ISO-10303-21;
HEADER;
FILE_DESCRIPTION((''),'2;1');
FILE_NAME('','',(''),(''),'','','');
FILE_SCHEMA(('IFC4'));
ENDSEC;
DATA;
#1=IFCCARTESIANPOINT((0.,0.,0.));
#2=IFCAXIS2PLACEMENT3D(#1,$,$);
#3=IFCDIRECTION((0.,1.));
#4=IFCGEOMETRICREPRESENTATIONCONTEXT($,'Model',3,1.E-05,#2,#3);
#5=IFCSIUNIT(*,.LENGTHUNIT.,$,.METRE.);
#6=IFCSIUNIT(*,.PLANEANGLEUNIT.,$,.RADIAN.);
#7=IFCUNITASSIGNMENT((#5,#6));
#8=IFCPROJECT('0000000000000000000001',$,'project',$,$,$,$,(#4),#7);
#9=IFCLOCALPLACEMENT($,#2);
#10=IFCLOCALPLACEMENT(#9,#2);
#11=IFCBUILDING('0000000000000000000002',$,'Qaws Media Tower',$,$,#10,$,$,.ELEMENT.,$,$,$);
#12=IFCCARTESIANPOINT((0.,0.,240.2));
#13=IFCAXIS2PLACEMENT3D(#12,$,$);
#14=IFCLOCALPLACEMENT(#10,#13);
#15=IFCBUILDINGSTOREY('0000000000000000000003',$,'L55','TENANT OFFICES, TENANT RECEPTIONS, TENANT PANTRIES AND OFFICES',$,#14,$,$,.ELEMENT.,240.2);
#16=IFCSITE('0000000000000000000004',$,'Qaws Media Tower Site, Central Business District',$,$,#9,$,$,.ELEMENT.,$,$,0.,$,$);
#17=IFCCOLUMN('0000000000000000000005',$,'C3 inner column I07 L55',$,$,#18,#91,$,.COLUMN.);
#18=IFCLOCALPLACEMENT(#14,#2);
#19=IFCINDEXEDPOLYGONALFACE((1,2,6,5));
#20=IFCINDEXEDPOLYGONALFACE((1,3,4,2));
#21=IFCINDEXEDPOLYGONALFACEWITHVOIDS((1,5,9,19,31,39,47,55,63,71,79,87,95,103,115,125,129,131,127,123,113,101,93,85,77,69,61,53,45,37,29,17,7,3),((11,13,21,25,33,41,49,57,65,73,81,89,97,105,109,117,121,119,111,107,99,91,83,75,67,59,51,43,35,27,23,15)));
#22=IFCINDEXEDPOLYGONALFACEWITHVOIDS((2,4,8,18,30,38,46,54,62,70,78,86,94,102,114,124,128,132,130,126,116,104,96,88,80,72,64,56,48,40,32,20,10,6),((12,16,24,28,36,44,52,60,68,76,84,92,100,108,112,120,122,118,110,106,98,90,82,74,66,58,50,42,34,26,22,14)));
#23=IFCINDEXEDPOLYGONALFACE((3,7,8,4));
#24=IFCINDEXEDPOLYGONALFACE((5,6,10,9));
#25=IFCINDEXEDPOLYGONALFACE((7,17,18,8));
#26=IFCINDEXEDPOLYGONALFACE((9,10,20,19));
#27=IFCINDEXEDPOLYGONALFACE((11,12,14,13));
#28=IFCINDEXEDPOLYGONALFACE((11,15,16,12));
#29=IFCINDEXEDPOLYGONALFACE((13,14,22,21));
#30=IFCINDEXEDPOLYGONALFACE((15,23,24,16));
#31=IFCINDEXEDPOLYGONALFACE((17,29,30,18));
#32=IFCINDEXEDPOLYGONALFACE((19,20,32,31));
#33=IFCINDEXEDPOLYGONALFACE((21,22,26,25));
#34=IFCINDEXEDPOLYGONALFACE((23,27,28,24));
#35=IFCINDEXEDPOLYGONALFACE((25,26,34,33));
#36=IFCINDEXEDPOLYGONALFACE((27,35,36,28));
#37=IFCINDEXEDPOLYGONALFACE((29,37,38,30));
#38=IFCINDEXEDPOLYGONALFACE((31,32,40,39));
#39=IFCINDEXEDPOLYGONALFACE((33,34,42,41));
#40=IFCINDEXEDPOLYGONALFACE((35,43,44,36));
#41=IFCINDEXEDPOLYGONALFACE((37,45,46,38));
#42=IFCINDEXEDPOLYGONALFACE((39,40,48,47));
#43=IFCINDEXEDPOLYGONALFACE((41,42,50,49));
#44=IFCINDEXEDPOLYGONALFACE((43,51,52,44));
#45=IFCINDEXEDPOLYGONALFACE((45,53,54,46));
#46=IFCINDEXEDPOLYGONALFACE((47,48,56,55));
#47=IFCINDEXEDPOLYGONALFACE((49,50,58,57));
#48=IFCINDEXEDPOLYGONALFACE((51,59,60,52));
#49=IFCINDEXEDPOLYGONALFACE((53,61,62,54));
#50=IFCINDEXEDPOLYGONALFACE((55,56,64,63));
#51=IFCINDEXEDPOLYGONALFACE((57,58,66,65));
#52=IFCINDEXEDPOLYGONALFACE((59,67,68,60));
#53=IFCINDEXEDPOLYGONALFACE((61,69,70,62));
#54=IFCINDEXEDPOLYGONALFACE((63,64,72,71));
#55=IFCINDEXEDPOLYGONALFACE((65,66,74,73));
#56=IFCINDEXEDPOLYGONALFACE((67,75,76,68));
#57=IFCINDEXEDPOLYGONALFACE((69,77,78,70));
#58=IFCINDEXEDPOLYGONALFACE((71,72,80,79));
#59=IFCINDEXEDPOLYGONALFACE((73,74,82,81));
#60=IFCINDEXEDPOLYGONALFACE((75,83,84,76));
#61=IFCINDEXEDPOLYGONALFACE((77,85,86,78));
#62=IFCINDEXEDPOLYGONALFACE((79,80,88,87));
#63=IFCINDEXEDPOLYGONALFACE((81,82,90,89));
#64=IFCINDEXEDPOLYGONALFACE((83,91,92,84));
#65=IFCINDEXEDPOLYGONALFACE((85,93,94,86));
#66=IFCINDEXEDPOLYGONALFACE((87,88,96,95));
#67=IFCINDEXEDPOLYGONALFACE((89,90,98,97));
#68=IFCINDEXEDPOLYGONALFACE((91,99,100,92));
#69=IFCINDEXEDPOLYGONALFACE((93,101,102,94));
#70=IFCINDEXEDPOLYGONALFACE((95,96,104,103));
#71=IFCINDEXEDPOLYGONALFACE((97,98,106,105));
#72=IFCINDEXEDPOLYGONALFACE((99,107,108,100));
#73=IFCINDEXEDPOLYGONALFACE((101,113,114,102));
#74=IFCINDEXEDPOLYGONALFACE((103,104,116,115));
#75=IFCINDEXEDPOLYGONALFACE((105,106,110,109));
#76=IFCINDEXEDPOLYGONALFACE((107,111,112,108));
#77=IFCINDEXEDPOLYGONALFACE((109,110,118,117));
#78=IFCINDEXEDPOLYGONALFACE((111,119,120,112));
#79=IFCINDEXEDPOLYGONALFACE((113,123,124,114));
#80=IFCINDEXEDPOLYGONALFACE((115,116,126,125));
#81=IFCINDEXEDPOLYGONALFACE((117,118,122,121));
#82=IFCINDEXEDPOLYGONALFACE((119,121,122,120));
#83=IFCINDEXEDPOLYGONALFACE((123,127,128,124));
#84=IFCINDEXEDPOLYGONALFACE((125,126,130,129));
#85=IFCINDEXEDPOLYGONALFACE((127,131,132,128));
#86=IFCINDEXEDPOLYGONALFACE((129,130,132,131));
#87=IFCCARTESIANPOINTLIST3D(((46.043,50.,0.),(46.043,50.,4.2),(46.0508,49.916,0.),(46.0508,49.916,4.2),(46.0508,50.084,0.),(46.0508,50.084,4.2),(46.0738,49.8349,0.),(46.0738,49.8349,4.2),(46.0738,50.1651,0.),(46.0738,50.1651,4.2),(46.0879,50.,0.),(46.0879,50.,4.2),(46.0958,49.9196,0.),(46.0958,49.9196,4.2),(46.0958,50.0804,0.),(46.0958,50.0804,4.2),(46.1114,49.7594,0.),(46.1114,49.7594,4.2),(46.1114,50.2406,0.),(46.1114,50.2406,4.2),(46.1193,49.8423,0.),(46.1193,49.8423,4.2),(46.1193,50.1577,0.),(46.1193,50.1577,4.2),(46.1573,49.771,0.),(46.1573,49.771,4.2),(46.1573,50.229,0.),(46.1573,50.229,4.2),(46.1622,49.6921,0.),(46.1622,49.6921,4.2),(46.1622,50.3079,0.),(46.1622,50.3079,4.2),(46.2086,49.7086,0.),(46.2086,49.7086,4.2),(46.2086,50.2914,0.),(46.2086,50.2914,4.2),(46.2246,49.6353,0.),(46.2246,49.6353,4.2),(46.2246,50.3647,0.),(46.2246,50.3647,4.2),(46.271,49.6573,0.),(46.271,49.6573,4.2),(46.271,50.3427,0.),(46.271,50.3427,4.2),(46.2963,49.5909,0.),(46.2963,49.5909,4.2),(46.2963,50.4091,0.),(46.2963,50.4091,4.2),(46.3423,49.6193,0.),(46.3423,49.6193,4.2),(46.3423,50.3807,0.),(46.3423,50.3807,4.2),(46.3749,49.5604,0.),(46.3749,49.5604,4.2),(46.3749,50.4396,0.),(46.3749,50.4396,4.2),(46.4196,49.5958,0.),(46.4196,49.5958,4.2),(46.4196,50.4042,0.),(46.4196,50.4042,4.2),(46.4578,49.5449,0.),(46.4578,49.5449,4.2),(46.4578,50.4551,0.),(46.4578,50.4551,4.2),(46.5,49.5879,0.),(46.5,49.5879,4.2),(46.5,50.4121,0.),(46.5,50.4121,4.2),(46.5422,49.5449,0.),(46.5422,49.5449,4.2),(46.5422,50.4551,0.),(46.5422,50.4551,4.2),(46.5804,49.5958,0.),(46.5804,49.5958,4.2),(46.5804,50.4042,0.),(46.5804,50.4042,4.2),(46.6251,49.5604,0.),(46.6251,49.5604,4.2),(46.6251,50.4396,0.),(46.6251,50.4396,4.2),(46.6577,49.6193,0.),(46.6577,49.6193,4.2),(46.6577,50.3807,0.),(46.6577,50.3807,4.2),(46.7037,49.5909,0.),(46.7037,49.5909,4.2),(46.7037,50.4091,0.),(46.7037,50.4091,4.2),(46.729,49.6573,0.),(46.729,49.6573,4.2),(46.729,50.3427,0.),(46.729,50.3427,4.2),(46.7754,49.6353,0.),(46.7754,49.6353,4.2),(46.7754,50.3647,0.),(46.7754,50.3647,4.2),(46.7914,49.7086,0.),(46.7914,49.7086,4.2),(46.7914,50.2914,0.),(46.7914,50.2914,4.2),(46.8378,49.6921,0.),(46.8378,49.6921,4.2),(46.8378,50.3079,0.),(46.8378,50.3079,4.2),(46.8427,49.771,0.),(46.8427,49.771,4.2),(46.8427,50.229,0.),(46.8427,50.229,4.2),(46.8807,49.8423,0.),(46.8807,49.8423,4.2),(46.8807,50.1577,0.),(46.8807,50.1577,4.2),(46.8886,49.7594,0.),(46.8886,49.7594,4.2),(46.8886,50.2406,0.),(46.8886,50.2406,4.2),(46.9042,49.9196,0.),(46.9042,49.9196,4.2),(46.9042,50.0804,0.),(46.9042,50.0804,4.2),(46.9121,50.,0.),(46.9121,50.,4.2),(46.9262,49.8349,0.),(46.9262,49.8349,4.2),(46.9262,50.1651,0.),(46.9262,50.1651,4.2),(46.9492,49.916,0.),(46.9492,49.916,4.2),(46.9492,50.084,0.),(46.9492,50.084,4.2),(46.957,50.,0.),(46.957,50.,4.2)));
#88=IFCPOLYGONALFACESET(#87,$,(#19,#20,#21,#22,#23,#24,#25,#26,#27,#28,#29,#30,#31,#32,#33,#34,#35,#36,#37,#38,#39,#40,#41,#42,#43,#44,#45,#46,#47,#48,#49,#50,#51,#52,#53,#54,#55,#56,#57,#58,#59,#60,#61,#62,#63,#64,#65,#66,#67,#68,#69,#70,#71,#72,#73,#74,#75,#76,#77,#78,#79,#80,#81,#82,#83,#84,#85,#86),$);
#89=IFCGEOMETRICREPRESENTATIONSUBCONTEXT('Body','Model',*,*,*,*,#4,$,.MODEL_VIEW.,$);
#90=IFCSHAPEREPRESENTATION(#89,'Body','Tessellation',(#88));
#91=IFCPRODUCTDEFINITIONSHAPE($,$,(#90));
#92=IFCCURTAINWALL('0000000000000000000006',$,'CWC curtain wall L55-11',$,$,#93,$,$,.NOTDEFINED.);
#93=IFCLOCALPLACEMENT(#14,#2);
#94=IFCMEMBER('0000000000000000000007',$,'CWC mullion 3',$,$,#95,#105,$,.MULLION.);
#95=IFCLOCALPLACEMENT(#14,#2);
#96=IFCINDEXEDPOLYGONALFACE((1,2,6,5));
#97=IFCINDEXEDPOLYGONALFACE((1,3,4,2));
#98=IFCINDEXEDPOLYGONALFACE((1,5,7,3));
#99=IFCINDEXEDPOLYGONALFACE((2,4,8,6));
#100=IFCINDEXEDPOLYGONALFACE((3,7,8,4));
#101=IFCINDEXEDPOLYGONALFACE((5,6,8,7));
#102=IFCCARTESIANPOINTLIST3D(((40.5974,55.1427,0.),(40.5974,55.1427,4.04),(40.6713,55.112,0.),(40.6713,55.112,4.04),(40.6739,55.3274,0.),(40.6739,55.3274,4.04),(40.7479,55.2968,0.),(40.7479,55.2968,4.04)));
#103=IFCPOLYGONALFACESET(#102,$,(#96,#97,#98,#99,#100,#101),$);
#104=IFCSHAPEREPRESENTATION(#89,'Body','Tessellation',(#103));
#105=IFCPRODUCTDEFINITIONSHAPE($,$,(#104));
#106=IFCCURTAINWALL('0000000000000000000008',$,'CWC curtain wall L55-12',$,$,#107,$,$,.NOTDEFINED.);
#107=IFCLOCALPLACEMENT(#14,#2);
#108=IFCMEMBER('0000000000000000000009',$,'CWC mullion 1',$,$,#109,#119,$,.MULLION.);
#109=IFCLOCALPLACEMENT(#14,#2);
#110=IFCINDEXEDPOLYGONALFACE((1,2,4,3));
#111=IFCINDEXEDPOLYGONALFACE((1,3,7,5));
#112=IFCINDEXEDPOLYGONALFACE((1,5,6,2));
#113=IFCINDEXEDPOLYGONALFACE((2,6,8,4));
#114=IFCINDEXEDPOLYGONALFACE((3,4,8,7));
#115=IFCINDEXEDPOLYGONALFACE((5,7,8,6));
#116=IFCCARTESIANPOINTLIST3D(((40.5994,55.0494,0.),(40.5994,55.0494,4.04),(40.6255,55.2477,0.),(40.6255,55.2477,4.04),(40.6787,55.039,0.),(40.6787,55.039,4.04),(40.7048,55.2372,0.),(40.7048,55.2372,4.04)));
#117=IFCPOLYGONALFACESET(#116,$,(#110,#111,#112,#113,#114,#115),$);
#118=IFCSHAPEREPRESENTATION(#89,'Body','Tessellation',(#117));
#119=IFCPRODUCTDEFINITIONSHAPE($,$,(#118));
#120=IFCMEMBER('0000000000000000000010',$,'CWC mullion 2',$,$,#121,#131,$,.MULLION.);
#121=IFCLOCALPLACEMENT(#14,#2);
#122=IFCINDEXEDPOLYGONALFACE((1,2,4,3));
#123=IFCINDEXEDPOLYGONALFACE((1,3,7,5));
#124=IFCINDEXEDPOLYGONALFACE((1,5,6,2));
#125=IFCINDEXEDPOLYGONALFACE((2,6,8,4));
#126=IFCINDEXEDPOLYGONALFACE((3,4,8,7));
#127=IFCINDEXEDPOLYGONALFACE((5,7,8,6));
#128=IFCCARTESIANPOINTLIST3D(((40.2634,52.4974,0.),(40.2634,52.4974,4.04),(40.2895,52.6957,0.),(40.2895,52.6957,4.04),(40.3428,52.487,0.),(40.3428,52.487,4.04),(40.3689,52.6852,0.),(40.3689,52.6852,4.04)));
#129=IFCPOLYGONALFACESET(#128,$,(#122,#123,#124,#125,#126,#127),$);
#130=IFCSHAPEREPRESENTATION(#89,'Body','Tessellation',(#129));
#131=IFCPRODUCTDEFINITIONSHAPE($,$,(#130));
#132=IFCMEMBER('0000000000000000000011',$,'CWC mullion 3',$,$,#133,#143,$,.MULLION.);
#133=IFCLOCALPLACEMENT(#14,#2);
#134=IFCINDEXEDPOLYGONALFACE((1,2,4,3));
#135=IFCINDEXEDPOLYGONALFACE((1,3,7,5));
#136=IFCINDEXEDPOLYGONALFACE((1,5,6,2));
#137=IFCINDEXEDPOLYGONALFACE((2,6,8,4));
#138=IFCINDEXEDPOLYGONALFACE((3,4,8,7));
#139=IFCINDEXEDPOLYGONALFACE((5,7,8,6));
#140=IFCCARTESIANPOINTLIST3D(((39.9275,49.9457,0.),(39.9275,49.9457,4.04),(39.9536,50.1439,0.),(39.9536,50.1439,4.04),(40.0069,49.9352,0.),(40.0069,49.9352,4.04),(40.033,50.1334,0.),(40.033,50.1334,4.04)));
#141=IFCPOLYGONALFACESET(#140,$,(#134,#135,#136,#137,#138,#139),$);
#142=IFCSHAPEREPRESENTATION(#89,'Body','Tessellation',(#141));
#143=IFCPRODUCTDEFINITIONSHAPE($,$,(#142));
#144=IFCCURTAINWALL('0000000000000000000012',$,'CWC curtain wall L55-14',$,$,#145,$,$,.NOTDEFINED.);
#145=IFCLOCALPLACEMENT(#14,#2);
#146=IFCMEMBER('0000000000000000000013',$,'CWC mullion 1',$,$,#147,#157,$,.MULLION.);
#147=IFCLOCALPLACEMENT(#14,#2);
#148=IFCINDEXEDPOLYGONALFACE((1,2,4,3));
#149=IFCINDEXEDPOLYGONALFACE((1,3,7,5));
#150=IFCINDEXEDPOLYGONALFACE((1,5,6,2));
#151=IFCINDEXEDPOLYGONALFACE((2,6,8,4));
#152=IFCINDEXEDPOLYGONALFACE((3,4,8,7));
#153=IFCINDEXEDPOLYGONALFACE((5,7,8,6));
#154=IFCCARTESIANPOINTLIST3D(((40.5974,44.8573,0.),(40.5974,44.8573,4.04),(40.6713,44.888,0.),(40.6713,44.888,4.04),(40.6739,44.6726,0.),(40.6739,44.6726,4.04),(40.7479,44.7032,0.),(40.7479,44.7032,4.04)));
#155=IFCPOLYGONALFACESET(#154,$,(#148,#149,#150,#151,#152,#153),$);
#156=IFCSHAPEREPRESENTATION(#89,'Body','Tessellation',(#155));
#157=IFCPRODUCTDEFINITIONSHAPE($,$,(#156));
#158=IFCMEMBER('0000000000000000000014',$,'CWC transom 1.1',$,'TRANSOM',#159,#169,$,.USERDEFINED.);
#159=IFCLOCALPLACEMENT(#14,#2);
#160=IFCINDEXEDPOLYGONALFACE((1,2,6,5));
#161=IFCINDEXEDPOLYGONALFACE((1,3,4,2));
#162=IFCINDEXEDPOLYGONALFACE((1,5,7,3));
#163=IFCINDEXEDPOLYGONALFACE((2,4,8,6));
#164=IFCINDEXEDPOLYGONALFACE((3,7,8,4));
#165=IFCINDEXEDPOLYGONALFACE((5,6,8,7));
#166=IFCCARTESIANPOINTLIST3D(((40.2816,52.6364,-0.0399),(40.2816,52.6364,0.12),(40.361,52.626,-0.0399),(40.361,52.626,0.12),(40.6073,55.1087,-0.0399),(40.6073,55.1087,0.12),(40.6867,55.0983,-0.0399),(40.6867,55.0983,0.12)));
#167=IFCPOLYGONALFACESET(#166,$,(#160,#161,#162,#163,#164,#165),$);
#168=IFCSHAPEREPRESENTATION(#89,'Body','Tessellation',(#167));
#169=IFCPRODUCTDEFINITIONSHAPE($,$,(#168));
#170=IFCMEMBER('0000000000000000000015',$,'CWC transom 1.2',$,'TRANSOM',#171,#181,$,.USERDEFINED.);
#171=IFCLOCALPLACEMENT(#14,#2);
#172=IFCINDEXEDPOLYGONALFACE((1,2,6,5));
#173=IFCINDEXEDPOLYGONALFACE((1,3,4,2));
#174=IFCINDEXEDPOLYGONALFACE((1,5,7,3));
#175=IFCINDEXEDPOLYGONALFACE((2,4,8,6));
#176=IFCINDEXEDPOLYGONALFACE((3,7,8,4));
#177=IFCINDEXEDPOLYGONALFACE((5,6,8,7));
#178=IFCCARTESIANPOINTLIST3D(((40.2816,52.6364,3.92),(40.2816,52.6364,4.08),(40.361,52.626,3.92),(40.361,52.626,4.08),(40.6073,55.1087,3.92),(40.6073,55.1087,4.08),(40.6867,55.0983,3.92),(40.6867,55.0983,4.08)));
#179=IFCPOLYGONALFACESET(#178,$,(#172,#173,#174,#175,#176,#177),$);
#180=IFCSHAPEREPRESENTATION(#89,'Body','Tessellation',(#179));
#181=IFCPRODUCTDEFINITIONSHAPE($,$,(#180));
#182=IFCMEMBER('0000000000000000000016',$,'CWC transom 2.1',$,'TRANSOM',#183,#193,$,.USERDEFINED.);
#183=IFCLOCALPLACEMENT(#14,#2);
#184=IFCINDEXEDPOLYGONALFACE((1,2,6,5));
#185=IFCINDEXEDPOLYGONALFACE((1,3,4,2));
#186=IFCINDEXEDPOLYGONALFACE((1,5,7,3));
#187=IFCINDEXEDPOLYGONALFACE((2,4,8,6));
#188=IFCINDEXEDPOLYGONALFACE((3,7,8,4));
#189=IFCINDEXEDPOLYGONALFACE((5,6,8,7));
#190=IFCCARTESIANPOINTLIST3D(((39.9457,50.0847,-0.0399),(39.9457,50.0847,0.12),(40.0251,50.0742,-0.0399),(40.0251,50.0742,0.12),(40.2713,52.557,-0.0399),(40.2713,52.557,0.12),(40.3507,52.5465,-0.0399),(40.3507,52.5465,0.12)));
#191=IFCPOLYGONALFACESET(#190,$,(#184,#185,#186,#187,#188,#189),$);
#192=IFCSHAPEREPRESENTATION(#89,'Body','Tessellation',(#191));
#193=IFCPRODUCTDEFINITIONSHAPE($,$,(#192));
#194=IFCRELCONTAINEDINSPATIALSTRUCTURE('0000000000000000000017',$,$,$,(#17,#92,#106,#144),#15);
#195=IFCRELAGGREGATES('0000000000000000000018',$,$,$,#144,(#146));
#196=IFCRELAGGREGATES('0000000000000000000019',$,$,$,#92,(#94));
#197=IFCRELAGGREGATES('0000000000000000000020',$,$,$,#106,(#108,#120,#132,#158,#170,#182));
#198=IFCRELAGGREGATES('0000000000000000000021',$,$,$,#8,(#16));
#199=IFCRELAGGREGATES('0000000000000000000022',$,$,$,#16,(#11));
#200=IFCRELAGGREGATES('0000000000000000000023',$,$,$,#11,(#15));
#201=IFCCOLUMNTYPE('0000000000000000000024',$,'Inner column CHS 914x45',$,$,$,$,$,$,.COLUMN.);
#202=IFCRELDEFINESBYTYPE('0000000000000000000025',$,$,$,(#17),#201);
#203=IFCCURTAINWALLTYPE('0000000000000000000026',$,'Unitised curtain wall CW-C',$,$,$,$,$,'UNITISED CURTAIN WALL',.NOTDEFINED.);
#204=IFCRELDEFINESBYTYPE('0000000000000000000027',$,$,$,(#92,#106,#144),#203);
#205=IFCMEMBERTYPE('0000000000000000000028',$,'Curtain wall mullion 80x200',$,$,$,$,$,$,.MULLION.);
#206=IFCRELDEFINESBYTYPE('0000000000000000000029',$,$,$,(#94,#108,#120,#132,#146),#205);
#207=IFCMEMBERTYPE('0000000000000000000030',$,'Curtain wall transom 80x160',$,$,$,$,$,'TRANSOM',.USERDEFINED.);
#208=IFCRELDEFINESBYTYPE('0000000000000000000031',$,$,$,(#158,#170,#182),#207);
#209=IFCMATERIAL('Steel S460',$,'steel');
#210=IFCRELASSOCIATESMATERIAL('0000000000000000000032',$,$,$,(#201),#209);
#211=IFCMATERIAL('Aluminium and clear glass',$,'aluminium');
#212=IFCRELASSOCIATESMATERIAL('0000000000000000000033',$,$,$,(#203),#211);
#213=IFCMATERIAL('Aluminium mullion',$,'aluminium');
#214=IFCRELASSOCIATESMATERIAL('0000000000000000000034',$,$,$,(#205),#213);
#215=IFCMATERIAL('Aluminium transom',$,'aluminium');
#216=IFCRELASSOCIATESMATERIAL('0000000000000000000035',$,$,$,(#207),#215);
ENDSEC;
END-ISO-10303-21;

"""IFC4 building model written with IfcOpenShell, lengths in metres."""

from ifc_helpers import new_model, si_unit, direction, frame, origin, origin_2d, place, context, subcontext, project, spatial, rectangle, hollow_circle, extrude, material, material_profile, profile_set, type_object, element, aggregate, save


model = new_model("IFC4")

# Units and contexts
model_context = context("Model", 3, precision=1e-05, world=origin(), true_north=direction((0.0, 1.0)))
body_context = subcontext(model_context, "Body", "Model", "MODEL_VIEW")
ifc_project = project(units=[si_unit("LENGTHUNIT", "METRE"), si_unit("PLANEANGLEUNIT", "RADIAN")], contexts=[model_context])

# Site, building, storey
site_placement = place(None, origin())
site = spatial("IfcSite", under=ifc_project, at=site_placement, Name="Qaws Media Tower Site, Central Business District", CompositionType="ELEMENT", RefElevation=0.0)
building_placement = place(site_placement, origin())
building = spatial("IfcBuilding", under=site, at=building_placement, Name="Qaws Media Tower", CompositionType="ELEMENT")
storey_placement = place(building_placement, frame((0.0, 0.0, 240.2)))
storey = spatial("IfcBuildingStorey", under=building, at=storey_placement, Name="L55", Description="TENANT OFFICES, TENANT RECEPTIONS, TENANT PANTRIES AND OFFICES", CompositionType="ELEMENT", Elevation=240.2)

# Column
ifc_material_1 = material(Name="Steel S460", Category="steel")
ifc_material_profile_1 = material_profile(ifc_material_1, hollow_circle(Radius=0.457, WallThickness=0.0449, at=origin_2d()), Name="CHS 914x45")
ifc_profile_set_1 = profile_set([ifc_material_profile_1], Name="Steel S460")
column_type = type_object("IfcColumnType", Name="Inner column CHS 914x45", PredefinedType="COLUMN", material=ifc_profile_set_1)
column_placement = place(storey_placement, frame((46.5, 50.0, 0.0), z_axis=(0.0, 0.0, 1.0), x_axis=(1.0, 0.0, 0.0)))
element("IfcColumn", 1, at=column_placement, inside=storey, type_object=column_type, Name="C3 inner column I07 L55", PredefinedType="COLUMN", context=body_context, shape_type="SweptSolid", body=[
    extrude(hollow_circle(Radius=0.457, WallThickness=0.0449, at=origin_2d()), origin(), (0.0, 0.0, 1.0), 4.2),
])

# Curtain wall, member
ifc_material_2 = material(Name="Aluminium and clear glass", Category="aluminium")
curtain_wall_type = type_object("IfcCurtainWallType", Name="Unitised curtain wall CW-C", ElementType="UNITISED CURTAIN WALL", PredefinedType="NOTDEFINED", material=ifc_material_2)
curtain_wall_1_placement = place(storey_placement, origin())
curtain_wall_1 = element("IfcCurtainWall", 2, at=curtain_wall_1_placement, inside=storey, type_object=curtain_wall_type, Name="CWC curtain wall L55-11", PredefinedType="NOTDEFINED")
ifc_material_3 = material(Name="Aluminium mullion", Category="aluminium")
ifc_material_profile_2 = material_profile(ifc_material_3, rectangle(XDim=0.0801, YDim=0.2, at=origin_2d()), Name="80x200")
ifc_profile_set_2 = profile_set([ifc_material_profile_2], Name="Aluminium mullion")
member_type_1 = type_object("IfcMemberType", Name="Curtain wall mullion 80x200", PredefinedType="MULLION", material=ifc_profile_set_2)
member_1_placement = place(storey_placement, frame((40.6726, 55.2197, 0.0), z_axis=(0.0, 0.0, 1.0), x_axis=(0.92388, -0.382683, 0.0)))
member_1 = element("IfcMember", 3, at=member_1_placement, type_object=member_type_1, Name="CWC mullion 3", PredefinedType="MULLION", context=body_context, shape_type="SweptSolid", body=[
    extrude(rectangle(XDim=0.0801, YDim=0.2, at=origin_2d()), origin(), (0.0, 0.0, 1.0), 4.04),
])

# Curtain wall, members
curtain_wall_2_placement = place(storey_placement, origin())
curtain_wall_2 = element("IfcCurtainWall", 4, at=curtain_wall_2_placement, inside=storey, type_object=curtain_wall_type, Name="CWC curtain wall L55-12", PredefinedType="NOTDEFINED")
member_2_placement = place(storey_placement, frame((40.6521, 55.1433, 0.0), z_axis=(0.0, 0.0, 1.0), x_axis=(0.991445, -0.130526, 0.0)))
member_2 = element("IfcMember", 5, at=member_2_placement, type_object=member_type_1, Name="CWC mullion 1", PredefinedType="MULLION", context=body_context, shape_type="SweptSolid", body=[
    extrude(rectangle(XDim=0.0801, YDim=0.2, at=origin_2d()), origin(), (0.0, 0.0, 1.0), 4.04),
])
member_3_placement = place(storey_placement, frame((40.3162, 52.5913, 0.0), z_axis=(0.0, 0.0, 1.0), x_axis=(0.991445, -0.130526, 0.0)))
member_3 = element("IfcMember", 6, at=member_3_placement, type_object=member_type_1, Name="CWC mullion 2", PredefinedType="MULLION", context=body_context, shape_type="SweptSolid", body=[
    extrude(rectangle(XDim=0.0801, YDim=0.2, at=origin_2d()), origin(), (0.0, 0.0, 1.0), 4.04),
])
member_4_placement = place(storey_placement, frame((39.9802, 50.0396, 0.0), z_axis=(0.0, 0.0, 1.0), x_axis=(0.991445, -0.130526, 0.0)))
member_4 = element("IfcMember", 7, at=member_4_placement, type_object=member_type_1, Name="CWC mullion 3", PredefinedType="MULLION", context=body_context, shape_type="SweptSolid", body=[
    extrude(rectangle(XDim=0.0801, YDim=0.2, at=origin_2d()), origin(), (0.0, 0.0, 1.0), 4.04),
])

# Curtain wall, member
curtain_wall_3_placement = place(storey_placement, origin())
curtain_wall_3 = element("IfcCurtainWall", 8, at=curtain_wall_3_placement, inside=storey, type_object=curtain_wall_type, Name="CWC curtain wall L55-14", PredefinedType="NOTDEFINED")
member_5_placement = place(storey_placement, frame((40.6726, 44.7803, 0.0), z_axis=(0.0, 0.0, 1.0), x_axis=(0.92388, 0.382683, 0.0)))
member_5 = element("IfcMember", 9, at=member_5_placement, type_object=member_type_1, Name="CWC mullion 1", PredefinedType="MULLION", context=body_context, shape_type="SweptSolid", body=[
    extrude(rectangle(XDim=0.0801, YDim=0.2, at=origin_2d()), origin(), (0.0, 0.0, 1.0), 4.04),
])

# Members
ifc_material_4 = material(Name="Aluminium transom", Category="aluminium")
ifc_material_profile_3 = material_profile(ifc_material_4, rectangle(XDim=0.0801, YDim=0.1599, at=origin_2d()), Name="80x160")
ifc_profile_set_3 = profile_set([ifc_material_profile_3], Name="Aluminium transom")
member_type_2 = type_object("IfcMemberType", Name="Curtain wall transom 80x160", ElementType="TRANSOM", PredefinedType="USERDEFINED", material=ifc_profile_set_3)
member_6_placement = place(storey_placement, frame((40.647, 55.1035, 0.04), z_axis=(-0.130599, -0.991435, 0.0), x_axis=(0.991435, -0.130599, 0.0)))
member_6 = element("IfcMember", 10, at=member_6_placement, type_object=member_type_2, Name="CWC transom 1.1", ObjectType="TRANSOM", PredefinedType="USERDEFINED", context=body_context, shape_type="SweptSolid", body=[
    extrude(rectangle(XDim=0.0801, YDim=0.1599, at=origin_2d()), origin(), (0.0, 0.0, 1.0), 2.4937),
])
member_7_placement = place(storey_placement, frame((40.647, 55.1035, 4.0), z_axis=(-0.130599, -0.991435, 0.0), x_axis=(0.991435, -0.130599, 0.0)))
member_7 = element("IfcMember", 11, at=member_7_placement, type_object=member_type_2, Name="CWC transom 1.2", ObjectType="TRANSOM", PredefinedType="USERDEFINED", context=body_context, shape_type="SweptSolid", body=[
    extrude(rectangle(XDim=0.0801, YDim=0.1599, at=origin_2d()), origin(), (0.0, 0.0, 1.0), 2.4937),
])
member_8_placement = place(storey_placement, frame((40.311, 52.5518, 0.04), z_axis=(-0.130599, -0.991435, 0.0), x_axis=(0.991435, -0.130599, 0.0)))
member_8 = element("IfcMember", 12, at=member_8_placement, type_object=member_type_2, Name="CWC transom 2.1", ObjectType="TRANSOM", PredefinedType="USERDEFINED", context=body_context, shape_type="SweptSolid", body=[
    extrude(rectangle(XDim=0.0801, YDim=0.1599, at=origin_2d()), origin(), (0.0, 0.0, 1.0), 2.4937),
])
aggregate(curtain_wall_3, [member_5])

aggregate(curtain_wall_1, [member_1])
aggregate(curtain_wall_2, [member_2, member_3, member_4, member_6, member_7, member_8])

save(model, "model.ifc")
